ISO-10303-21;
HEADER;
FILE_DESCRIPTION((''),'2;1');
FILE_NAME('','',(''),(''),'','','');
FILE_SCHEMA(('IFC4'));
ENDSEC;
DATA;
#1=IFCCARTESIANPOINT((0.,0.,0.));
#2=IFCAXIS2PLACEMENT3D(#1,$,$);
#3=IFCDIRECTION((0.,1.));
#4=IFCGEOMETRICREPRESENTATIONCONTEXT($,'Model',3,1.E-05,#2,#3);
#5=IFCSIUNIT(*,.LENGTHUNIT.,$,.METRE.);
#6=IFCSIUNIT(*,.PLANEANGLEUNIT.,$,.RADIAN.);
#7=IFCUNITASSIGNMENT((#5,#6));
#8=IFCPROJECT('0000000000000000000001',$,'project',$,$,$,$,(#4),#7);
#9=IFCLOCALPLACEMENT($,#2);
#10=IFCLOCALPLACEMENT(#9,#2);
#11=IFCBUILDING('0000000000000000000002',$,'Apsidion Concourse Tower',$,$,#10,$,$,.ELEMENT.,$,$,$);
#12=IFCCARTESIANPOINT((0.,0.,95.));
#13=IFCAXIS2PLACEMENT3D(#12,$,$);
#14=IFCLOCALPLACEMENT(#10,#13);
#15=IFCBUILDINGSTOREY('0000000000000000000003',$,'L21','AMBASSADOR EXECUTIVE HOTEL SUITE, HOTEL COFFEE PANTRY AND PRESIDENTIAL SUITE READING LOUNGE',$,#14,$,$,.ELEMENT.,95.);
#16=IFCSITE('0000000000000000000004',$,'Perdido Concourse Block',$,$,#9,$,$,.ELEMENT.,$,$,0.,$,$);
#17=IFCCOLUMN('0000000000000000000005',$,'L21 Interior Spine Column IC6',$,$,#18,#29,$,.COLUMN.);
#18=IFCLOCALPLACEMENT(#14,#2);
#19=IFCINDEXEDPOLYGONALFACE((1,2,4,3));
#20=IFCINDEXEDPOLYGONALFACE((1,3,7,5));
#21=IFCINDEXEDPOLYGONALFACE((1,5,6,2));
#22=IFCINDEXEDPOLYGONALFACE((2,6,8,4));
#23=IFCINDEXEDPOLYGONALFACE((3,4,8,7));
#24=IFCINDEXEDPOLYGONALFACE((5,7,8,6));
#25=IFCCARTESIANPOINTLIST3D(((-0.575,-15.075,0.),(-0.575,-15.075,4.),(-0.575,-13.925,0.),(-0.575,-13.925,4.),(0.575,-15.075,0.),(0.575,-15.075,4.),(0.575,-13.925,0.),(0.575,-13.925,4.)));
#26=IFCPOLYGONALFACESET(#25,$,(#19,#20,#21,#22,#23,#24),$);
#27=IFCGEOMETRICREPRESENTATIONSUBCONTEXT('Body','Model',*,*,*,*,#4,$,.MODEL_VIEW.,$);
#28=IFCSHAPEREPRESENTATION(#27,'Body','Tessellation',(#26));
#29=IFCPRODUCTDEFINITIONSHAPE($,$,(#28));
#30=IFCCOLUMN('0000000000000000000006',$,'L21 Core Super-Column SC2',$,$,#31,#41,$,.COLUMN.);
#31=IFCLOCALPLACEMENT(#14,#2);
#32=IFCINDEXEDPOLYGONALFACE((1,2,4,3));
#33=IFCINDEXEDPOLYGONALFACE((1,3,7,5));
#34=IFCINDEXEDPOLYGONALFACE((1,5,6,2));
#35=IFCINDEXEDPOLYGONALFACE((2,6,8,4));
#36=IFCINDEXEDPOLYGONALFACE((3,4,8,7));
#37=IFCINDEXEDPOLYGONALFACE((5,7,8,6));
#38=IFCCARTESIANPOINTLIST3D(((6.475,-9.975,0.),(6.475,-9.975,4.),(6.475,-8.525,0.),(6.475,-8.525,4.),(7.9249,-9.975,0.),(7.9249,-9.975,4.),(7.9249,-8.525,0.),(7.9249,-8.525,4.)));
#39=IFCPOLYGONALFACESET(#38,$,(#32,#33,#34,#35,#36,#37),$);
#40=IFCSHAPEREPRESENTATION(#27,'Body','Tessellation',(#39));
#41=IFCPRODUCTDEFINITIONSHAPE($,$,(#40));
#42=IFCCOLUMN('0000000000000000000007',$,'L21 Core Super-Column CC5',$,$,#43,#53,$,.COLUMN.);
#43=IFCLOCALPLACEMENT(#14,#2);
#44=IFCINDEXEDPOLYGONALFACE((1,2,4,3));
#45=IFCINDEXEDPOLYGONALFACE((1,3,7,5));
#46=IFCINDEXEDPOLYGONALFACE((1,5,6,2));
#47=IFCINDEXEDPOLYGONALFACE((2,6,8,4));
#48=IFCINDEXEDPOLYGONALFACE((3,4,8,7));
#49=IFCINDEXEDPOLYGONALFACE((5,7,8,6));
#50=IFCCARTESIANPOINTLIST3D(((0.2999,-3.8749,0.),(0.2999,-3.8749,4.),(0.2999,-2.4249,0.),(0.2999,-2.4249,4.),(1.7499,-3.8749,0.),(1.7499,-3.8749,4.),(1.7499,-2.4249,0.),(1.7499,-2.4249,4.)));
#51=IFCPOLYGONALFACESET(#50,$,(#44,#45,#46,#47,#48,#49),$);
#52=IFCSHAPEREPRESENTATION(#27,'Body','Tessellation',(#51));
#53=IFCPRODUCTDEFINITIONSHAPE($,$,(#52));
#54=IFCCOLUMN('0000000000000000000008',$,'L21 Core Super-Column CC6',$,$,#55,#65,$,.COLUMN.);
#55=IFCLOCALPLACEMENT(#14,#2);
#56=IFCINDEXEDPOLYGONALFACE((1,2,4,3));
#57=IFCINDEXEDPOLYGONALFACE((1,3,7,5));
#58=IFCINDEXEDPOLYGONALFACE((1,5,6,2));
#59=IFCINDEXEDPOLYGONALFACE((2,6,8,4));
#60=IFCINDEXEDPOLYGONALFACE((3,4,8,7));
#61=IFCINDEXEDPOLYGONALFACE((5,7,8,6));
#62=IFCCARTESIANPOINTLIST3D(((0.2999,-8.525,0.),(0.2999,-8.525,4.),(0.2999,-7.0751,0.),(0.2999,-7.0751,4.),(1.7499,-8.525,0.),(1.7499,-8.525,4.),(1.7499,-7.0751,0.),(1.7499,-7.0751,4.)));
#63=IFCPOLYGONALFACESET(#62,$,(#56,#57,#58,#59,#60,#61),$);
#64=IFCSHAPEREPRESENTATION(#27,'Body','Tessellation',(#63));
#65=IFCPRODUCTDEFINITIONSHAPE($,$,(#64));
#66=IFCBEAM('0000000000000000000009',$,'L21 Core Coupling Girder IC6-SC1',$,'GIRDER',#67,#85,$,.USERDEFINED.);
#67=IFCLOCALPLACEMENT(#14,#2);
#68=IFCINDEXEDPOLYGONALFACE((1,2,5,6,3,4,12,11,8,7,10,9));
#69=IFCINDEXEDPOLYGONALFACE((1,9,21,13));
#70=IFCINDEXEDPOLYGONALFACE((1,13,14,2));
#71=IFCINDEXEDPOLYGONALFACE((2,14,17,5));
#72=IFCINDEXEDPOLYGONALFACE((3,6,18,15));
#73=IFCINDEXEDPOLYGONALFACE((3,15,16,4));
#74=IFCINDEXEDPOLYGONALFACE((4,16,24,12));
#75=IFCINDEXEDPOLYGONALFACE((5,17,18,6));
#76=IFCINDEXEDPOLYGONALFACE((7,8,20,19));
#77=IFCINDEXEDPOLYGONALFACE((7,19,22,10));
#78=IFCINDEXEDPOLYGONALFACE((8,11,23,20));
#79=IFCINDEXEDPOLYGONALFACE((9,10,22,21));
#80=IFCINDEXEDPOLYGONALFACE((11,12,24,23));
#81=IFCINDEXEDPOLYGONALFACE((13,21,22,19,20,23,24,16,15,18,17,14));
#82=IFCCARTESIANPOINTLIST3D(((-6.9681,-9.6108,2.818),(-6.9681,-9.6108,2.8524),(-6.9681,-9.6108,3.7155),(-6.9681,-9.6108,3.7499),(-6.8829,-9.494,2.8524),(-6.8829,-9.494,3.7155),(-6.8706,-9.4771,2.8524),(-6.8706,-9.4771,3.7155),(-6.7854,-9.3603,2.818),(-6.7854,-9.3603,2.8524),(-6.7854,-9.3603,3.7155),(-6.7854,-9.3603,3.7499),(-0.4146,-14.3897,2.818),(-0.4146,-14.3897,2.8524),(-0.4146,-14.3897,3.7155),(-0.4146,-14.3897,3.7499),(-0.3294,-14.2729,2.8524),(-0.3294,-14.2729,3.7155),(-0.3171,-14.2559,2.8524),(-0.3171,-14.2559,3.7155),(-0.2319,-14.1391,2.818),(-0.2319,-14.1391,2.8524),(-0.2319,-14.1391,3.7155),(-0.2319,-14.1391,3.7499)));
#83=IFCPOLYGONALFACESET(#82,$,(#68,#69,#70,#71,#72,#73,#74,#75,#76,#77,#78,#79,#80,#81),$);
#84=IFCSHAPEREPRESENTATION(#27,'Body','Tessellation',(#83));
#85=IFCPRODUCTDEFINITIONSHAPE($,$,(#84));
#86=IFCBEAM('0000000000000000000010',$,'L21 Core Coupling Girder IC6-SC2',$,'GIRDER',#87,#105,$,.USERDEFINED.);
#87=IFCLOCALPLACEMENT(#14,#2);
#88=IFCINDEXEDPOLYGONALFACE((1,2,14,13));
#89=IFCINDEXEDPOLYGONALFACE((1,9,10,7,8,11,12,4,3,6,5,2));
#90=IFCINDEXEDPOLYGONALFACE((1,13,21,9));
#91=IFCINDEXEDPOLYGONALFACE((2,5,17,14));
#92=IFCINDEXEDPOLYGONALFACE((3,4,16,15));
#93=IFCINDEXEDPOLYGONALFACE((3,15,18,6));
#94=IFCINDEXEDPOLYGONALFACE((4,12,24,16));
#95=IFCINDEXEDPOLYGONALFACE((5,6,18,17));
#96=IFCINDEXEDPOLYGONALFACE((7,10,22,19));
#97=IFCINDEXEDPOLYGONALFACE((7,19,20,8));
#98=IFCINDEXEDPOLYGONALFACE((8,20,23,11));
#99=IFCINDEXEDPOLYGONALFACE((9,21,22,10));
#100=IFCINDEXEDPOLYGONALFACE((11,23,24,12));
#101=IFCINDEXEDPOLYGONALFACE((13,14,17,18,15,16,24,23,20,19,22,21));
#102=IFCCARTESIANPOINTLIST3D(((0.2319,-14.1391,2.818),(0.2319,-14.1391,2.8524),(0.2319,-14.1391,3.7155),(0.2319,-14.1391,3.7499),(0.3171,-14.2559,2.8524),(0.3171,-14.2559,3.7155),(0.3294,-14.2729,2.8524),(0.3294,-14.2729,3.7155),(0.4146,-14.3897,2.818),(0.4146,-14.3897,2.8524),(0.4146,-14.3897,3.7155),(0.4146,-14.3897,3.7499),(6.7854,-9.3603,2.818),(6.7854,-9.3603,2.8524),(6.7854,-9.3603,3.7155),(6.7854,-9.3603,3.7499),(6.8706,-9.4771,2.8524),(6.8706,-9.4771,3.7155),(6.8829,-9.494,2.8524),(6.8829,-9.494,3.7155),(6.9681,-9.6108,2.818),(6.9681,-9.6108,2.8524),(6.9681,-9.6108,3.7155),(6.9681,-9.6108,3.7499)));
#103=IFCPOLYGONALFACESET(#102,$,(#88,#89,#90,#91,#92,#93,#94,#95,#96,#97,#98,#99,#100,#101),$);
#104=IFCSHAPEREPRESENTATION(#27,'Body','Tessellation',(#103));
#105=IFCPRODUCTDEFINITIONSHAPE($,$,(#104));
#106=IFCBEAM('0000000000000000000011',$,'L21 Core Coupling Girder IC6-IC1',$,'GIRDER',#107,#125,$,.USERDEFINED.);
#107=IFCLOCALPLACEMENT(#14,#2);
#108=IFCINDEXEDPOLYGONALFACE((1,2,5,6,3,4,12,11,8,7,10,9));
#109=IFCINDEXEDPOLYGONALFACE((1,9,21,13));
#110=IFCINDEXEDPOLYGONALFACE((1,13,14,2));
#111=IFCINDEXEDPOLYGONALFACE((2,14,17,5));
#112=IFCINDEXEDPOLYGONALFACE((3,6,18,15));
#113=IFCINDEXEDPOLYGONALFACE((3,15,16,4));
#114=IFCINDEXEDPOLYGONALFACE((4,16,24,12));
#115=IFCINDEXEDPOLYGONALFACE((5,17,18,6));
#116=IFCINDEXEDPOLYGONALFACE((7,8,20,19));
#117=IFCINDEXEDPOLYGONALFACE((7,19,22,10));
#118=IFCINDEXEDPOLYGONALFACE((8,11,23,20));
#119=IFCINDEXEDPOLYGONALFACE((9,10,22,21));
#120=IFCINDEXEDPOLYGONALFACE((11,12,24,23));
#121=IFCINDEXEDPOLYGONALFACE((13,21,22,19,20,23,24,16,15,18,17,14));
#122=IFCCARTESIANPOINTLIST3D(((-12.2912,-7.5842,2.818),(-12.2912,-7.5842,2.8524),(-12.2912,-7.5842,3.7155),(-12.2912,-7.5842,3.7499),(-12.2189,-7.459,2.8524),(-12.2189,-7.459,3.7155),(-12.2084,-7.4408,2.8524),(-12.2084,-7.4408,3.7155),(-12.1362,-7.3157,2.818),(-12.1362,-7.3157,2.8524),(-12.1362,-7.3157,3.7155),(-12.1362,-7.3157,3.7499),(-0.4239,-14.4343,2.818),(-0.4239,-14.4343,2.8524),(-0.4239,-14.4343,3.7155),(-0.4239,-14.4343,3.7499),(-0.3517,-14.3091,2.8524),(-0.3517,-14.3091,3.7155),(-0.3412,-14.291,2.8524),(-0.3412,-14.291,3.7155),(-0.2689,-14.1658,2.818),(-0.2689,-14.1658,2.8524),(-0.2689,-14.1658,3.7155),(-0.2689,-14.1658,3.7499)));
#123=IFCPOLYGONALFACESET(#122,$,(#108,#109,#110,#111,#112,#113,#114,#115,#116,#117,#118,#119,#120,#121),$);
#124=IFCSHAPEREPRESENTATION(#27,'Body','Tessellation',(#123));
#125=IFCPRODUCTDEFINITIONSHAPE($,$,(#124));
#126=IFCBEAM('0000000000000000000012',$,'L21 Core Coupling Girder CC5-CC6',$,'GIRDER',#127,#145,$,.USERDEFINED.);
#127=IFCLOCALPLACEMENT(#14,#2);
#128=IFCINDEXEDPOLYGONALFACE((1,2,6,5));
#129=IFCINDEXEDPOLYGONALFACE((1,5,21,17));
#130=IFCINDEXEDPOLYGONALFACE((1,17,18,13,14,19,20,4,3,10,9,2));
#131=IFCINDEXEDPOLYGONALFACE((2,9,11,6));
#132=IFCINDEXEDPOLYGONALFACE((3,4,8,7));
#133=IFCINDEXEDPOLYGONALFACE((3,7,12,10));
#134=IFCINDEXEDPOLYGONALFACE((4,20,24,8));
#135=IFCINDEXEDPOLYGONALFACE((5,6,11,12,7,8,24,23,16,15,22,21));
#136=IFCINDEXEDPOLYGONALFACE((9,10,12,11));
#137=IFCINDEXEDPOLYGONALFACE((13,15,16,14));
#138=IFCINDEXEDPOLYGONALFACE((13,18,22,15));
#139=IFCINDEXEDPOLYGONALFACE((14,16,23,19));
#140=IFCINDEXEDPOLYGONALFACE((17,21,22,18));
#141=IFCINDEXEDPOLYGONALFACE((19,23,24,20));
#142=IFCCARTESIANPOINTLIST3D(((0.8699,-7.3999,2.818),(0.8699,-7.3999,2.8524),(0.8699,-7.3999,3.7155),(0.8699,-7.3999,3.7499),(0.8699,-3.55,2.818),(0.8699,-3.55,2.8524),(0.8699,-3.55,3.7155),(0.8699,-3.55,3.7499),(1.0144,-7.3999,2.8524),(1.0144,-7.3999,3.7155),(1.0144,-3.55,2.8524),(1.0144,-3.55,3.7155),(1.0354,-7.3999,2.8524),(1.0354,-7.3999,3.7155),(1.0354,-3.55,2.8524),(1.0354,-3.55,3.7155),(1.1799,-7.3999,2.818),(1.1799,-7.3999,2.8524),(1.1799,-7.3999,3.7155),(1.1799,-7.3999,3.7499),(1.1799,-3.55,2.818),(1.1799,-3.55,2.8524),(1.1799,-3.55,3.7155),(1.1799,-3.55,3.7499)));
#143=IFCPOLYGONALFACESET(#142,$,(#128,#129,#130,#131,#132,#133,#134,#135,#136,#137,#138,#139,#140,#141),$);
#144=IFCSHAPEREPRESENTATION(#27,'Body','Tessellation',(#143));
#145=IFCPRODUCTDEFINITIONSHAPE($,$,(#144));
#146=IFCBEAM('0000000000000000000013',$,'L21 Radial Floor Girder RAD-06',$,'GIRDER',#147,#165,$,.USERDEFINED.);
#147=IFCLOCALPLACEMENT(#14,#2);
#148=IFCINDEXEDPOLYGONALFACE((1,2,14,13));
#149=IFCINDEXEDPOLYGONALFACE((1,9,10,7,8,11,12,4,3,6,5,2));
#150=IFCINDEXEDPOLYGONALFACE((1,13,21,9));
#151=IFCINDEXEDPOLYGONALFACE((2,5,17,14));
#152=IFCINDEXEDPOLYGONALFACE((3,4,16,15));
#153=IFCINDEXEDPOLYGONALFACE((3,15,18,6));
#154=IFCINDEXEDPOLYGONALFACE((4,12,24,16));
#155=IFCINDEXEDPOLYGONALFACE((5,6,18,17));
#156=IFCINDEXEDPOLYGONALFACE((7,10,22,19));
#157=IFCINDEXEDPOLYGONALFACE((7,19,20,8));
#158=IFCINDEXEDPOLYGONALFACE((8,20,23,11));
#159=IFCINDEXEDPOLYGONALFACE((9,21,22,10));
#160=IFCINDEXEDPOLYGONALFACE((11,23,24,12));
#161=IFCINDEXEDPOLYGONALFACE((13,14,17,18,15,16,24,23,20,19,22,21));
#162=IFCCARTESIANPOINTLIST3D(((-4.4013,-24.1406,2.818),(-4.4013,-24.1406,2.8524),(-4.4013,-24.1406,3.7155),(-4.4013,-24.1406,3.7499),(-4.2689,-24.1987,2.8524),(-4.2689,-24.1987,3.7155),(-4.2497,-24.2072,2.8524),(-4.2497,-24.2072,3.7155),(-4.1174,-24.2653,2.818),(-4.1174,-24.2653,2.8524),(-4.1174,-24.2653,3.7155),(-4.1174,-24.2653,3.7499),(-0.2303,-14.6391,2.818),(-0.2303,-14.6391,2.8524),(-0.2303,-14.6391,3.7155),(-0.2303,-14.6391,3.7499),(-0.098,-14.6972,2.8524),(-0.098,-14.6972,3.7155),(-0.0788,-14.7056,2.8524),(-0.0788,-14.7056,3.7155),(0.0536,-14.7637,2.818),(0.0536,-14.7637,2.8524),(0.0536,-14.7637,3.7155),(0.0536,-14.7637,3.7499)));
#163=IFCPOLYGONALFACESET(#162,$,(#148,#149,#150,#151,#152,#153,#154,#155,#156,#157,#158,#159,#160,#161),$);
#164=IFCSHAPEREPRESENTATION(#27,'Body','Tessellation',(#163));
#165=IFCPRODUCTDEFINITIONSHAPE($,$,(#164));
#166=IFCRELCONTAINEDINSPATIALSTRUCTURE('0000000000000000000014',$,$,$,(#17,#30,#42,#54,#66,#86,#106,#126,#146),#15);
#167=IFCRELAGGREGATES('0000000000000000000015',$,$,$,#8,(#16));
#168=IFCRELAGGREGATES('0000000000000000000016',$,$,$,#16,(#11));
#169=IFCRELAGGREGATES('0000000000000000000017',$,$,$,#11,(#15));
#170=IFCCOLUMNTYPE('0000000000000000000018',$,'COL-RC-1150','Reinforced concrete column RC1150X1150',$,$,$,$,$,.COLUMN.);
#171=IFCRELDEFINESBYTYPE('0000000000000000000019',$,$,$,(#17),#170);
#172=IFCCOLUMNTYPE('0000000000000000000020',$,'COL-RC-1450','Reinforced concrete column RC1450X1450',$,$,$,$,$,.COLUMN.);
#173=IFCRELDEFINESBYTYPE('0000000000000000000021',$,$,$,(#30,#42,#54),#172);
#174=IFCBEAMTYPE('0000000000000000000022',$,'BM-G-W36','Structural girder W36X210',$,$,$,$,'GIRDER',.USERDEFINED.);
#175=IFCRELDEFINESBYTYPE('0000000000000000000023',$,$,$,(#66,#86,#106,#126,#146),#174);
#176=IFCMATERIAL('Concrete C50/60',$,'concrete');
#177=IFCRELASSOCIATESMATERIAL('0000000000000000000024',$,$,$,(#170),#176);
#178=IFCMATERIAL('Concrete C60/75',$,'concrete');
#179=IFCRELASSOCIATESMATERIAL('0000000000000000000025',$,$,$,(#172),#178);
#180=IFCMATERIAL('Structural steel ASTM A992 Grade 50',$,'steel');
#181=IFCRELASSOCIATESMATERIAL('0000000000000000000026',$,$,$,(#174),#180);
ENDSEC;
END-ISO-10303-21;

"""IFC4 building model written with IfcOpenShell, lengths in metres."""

from ifc_helpers import new_model, si_unit, direction, frame, origin, origin_2d, place, context, subcontext, project, spatial, rectangle, i_section, extrude, material, material_profile, profile_set, type_object, element, save


model = new_model("IFC4")

# Units and contexts
model_context = context("Model", 3, precision=1e-05, world=origin(), true_north=direction((0.0, 1.0)))
body_context = subcontext(model_context, "Body", "Model", "MODEL_VIEW")
ifc_project = project(units=[si_unit("LENGTHUNIT", "METRE"), si_unit("PLANEANGLEUNIT", "RADIAN")], contexts=[model_context])

# Site, building, storey
site_placement = place(None, origin())
site = spatial("IfcSite", under=ifc_project, at=site_placement, Name="Perdido Concourse Block", CompositionType="ELEMENT", RefElevation=0.0)
building_placement = place(site_placement, origin())
building = spatial("IfcBuilding", under=site, at=building_placement, Name="Apsidion Concourse Tower", CompositionType="ELEMENT")
storey_placement = place(building_placement, frame((0.0, 0.0, 95.0)))
storey = spatial("IfcBuildingStorey", under=building, at=storey_placement, Name="L21", Description="AMBASSADOR EXECUTIVE HOTEL SUITE, HOTEL COFFEE PANTRY AND PRESIDENTIAL SUITE READING LOUNGE", CompositionType="ELEMENT", Elevation=95.0)

# Columns
ifc_material_1 = material(Name="Concrete C50/60", Category="concrete")
ifc_material_profile_1 = material_profile(ifc_material_1, rectangle(XDim=1.1499, YDim=1.1499, at=origin_2d()), Name="RC 1150x1150")
ifc_profile_set_1 = profile_set([ifc_material_profile_1], Name="Concrete C50/60")
column_type_1 = type_object("IfcColumnType", Name="COL-RC-1150", Description="Reinforced concrete column RC1150X1150", PredefinedType="COLUMN", material=ifc_profile_set_1)
column_placement = place(storey_placement, frame((0.0, -14.5, 0.0), z_axis=(0.0, 0.0, 1.0), x_axis=(1.0, 0.0, 0.0)))
element("IfcColumn", 1, at=column_placement, inside=storey, type_object=column_type_1, Name="L21 Interior Spine Column IC6", PredefinedType="COLUMN", context=body_context, shape_type="SweptSolid", body=[
    extrude(rectangle(XDim=1.1499, YDim=1.1499, at=origin_2d()), origin(), (0.0, 0.0, 1.0), 4.0),
])
ifc_material_2 = material(Name="Concrete C60/75", Category="concrete")
ifc_material_profile_2 = material_profile(ifc_material_2, rectangle(XDim=1.45, YDim=1.45, at=origin_2d()), Name="RC 1450x1450")
ifc_profile_set_2 = profile_set([ifc_material_profile_2], Name="Concrete C60/75")
column_type_2 = type_object("IfcColumnType", Name="COL-RC-1450", Description="Reinforced concrete column RC1450X1450", PredefinedType="COLUMN", material=ifc_profile_set_2)
for number, where, z_axis, x_axis, name in (
    (2, (7.2, -9.25, 0.0), (0.0, 0.0, 1.0), (1.0, 0.0, 0.0), "L21 Core Super-Column SC2"),
    (3, (1.0249, -3.1499, 0.0), (0.0, 0.0, 1.0), (1.0, 0.0, 0.0), "L21 Core Super-Column CC5"),
    (4, (1.0249, -7.8, 0.0), (0.0, 0.0, 1.0), (1.0, 0.0, 0.0), "L21 Core Super-Column CC6"),
):
    element("IfcColumn", number, at=place(storey_placement, frame(where, z_axis=z_axis, x_axis=x_axis)), inside=storey, type_object=column_type_2, Name=name, PredefinedType="COLUMN", context=body_context, shape_type="SweptSolid", body=[
        extrude(rectangle(XDim=1.45, YDim=1.45, at=origin_2d()), origin(), (0.0, 0.0, 1.0), 4.0),
    ])

# Beams
ifc_material_3 = material(Name="Structural steel ASTM A992 Grade 50", Category="steel")
ifc_material_profile_3 = material_profile(ifc_material_3, i_section(OverallWidth=0.3101, OverallDepth=0.9319, WebThickness=0.021, FlangeThickness=0.0344, at=origin_2d()), Name="W36X210")
ifc_profile_set_3 = profile_set([ifc_material_profile_3], Name="Structural steel ASTM A992 Grade 50")
beam_type = type_object("IfcBeamType", Name="BM-G-W36", Description="Structural girder W36X210", ElementType="GIRDER", PredefinedType="USERDEFINED", material=ifc_profile_set_3)
for number, where, z_axis, x_axis, name in (
    (5, (-0.3232, -14.2644, 3.2839), (-0.807993, 0.589191, 0.0), (-0.589191, -0.807993, 0.0), "L21 Core Coupling Girder IC6-SC1"),
    (6, (0.3232, -14.2644, 3.2839), (0.807993, 0.589191, 0.0), (-0.589191, 0.807993, 0.0), "L21 Core Coupling Girder IC6-SC2"),
):
    element("IfcBeam", number, at=place(storey_placement, frame(where, z_axis=z_axis, x_axis=x_axis)), inside=storey, type_object=beam_type, Name=name, ObjectType="GIRDER", PredefinedType="USERDEFINED", context=body_context, shape_type="SweptSolid", body=[
        extrude(i_section(OverallWidth=0.3101, OverallDepth=0.9319, WebThickness=0.021, FlangeThickness=0.0344, at=origin_2d()), origin(), (0.0, 0.0, 1.0), 8.1108),
    ])
beam_1_placement = place(storey_placement, frame((-0.3464, -14.3, 3.2839), z_axis=(-0.86607, 0.499922, 0.0), x_axis=(-0.499922, -0.86607, 0.0)))
element("IfcBeam", 7, at=beam_1_placement, inside=storey, type_object=beam_type, Name="L21 Core Coupling Girder IC6-IC1", ObjectType="GIRDER", PredefinedType="USERDEFINED", context=body_context, shape_type="SweptSolid", body=[
    extrude(i_section(OverallWidth=0.3101, OverallDepth=0.9319, WebThickness=0.021, FlangeThickness=0.0344, at=origin_2d()), origin(), (0.0, 0.0, 1.0), 13.7024),
])
beam_2_placement = place(storey_placement, frame((1.0249, -3.55, 3.2839), z_axis=(0.0, -1.0, 0.0), x_axis=(1.0, 0.0, 0.0)))
element("IfcBeam", 8, at=beam_2_placement, inside=storey, type_object=beam_type, Name="L21 Core Coupling Girder CC5-CC6", ObjectType="GIRDER", PredefinedType="USERDEFINED", context=body_context, shape_type="SweptSolid", body=[
    extrude(i_section(OverallWidth=0.3101, OverallDepth=0.9319, WebThickness=0.021, FlangeThickness=0.0344, at=origin_2d()), origin(), (0.0, 0.0, 1.0), 3.8499),
])
beam_3_placement = place(storey_placement, frame((-0.0884, -14.7014, 3.2839), z_axis=(-0.401952, -0.915661, 0.0), x_axis=(0.915661, -0.401952, 0.0)))
element("IfcBeam", 9, at=beam_3_placement, inside=storey, type_object=beam_type, Name="L21 Radial Floor Girder RAD-06", ObjectType="GIRDER", PredefinedType="USERDEFINED", context=body_context, shape_type="SweptSolid", body=[
    extrude(i_section(OverallWidth=0.3101, OverallDepth=0.9319, WebThickness=0.021, FlangeThickness=0.0344, at=origin_2d()), origin(), (0.0, 0.0, 1.0), 10.3767),
])

save(model, "model.ifc")
